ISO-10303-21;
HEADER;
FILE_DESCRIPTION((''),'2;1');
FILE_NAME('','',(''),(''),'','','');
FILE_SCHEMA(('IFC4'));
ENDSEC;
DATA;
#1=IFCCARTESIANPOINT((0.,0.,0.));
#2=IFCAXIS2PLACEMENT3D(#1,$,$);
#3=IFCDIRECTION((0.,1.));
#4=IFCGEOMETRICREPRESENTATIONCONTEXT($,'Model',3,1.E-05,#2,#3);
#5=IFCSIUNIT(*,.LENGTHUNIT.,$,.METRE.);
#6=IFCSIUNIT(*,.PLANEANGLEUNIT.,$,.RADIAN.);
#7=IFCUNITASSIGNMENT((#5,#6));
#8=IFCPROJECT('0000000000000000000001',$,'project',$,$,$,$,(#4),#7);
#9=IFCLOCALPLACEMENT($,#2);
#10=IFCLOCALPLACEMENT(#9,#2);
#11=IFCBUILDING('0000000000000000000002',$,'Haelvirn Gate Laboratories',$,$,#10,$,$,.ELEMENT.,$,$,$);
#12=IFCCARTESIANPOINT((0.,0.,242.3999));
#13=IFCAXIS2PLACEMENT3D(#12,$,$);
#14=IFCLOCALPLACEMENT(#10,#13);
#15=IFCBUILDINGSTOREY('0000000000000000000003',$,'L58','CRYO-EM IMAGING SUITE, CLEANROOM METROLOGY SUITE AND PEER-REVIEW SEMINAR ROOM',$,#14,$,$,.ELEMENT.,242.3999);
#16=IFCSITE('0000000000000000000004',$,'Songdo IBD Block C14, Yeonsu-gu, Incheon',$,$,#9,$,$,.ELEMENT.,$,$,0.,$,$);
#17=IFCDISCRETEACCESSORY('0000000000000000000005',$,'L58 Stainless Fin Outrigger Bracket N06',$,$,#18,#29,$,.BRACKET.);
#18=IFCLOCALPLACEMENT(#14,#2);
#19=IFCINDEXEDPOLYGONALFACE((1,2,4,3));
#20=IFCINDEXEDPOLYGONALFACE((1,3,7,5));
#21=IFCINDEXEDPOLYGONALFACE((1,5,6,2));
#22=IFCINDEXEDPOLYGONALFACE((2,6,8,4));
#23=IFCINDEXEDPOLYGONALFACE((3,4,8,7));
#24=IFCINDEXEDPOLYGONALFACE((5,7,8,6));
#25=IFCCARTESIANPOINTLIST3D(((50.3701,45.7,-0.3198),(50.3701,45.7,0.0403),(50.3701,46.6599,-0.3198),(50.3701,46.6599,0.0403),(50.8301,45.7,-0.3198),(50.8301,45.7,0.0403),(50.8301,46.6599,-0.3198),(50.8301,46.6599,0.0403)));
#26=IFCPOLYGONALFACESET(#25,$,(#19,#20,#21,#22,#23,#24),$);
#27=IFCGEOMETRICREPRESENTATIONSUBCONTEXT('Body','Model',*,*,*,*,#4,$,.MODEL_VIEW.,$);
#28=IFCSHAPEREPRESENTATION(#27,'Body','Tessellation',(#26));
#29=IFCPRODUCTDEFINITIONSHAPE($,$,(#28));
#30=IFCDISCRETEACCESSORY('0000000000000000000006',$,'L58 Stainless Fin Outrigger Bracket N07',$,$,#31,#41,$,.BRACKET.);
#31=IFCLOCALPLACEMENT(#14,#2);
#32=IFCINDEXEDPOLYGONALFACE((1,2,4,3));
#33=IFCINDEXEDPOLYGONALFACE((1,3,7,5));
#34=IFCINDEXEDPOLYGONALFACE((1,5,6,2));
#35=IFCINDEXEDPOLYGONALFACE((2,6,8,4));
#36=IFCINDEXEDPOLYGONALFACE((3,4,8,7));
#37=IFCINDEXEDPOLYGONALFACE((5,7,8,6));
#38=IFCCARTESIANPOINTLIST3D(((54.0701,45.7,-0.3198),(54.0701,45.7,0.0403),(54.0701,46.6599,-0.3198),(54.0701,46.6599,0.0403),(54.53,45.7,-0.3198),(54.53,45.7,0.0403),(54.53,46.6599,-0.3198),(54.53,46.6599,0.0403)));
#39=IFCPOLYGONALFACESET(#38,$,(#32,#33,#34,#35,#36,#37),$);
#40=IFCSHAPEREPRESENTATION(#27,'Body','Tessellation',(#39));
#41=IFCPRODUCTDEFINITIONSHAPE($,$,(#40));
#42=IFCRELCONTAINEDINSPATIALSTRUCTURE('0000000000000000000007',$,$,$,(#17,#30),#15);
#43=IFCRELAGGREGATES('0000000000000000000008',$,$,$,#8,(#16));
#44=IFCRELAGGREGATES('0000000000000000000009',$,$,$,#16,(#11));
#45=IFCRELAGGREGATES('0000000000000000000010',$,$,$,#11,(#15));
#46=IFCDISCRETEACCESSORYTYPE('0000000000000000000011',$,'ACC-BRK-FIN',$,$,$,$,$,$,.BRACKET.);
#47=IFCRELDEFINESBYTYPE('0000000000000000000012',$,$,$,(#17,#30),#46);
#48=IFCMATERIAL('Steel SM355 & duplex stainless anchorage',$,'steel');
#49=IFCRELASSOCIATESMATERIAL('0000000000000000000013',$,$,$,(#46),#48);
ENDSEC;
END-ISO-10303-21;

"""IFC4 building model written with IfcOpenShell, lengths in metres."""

from ifc_helpers import new_model, si_unit, direction, frame, origin, origin_2d, place, context, subcontext, project, spatial, rectangle, extrude, source, transform, mapped, material, type_object, type_shapes, element, save


model = new_model("IFC4")

# Units and contexts
model_context = context("Model", 3, precision=1e-05, world=origin(), true_north=direction((0.0, 1.0)))
body_context = subcontext(model_context, "Body", "Model", "MODEL_VIEW")
ifc_project = project(units=[si_unit("LENGTHUNIT", "METRE"), si_unit("PLANEANGLEUNIT", "RADIAN")], contexts=[model_context])

# Site, building, storey
site_placement = place(None, origin())
site = spatial("IfcSite", under=ifc_project, at=site_placement, Name="Songdo IBD Block C14, Yeonsu-gu, Incheon", CompositionType="ELEMENT", RefElevation=0.0)
building_placement = place(site_placement, origin())
building = spatial("IfcBuilding", under=site, at=building_placement, Name="Haelvirn Gate Laboratories", CompositionType="ELEMENT")
storey_placement = place(building_placement, frame((0.0, 0.0, 242.3999)))
storey = spatial("IfcBuildingStorey", under=building, at=storey_placement, Name="L58", Description="CRYO-EM IMAGING SUITE, CLEANROOM METROLOGY SUITE AND PEER-REVIEW SEMINAR ROOM", CompositionType="ELEMENT", Elevation=242.3999)

# Discrete accessories
ifc_material_1 = material(Name="Steel SM355 & duplex stainless anchorage", Category="steel")
discrete_accessory_type = type_object("IfcDiscreteAccessoryType", Name="ACC-BRK-FIN", PredefinedType="BRACKET", material=ifc_material_1)
shared_shape_1 = source(origin(), body_context, "Body", "SweptSolid", [
    extrude(rectangle(XDim=0.46, YDim=0.96, at=origin_2d()), origin(), (0.0, 0.0, 1.0), 0.3601),
])
type_shapes(discrete_accessory_type, [shared_shape_1])
for number, where, z_axis, x_axis, name in (
    (1, (50.6001, 46.1799, -0.3198), (0.0, 0.0, 1.0), (1.0, 0.0, 0.0), "L58 Stainless Fin Outrigger Bracket N06"),
    (2, (54.3, 46.1799, -0.3198), (0.0, 0.0, 1.0), (1.0, 0.0, 0.0), "L58 Stainless Fin Outrigger Bracket N07"),
):
    element("IfcDiscreteAccessory", number, at=place(storey_placement, frame(where, z_axis=z_axis, x_axis=x_axis)), inside=storey, type_object=discrete_accessory_type, Name=name, PredefinedType="BRACKET", context=body_context, shape_type="MappedRepresentation", body=[
        mapped(shared_shape_1, transform((0.0, 0.0, 0.0), scale=1.0)),
    ])

save(model, "model.ifc")
